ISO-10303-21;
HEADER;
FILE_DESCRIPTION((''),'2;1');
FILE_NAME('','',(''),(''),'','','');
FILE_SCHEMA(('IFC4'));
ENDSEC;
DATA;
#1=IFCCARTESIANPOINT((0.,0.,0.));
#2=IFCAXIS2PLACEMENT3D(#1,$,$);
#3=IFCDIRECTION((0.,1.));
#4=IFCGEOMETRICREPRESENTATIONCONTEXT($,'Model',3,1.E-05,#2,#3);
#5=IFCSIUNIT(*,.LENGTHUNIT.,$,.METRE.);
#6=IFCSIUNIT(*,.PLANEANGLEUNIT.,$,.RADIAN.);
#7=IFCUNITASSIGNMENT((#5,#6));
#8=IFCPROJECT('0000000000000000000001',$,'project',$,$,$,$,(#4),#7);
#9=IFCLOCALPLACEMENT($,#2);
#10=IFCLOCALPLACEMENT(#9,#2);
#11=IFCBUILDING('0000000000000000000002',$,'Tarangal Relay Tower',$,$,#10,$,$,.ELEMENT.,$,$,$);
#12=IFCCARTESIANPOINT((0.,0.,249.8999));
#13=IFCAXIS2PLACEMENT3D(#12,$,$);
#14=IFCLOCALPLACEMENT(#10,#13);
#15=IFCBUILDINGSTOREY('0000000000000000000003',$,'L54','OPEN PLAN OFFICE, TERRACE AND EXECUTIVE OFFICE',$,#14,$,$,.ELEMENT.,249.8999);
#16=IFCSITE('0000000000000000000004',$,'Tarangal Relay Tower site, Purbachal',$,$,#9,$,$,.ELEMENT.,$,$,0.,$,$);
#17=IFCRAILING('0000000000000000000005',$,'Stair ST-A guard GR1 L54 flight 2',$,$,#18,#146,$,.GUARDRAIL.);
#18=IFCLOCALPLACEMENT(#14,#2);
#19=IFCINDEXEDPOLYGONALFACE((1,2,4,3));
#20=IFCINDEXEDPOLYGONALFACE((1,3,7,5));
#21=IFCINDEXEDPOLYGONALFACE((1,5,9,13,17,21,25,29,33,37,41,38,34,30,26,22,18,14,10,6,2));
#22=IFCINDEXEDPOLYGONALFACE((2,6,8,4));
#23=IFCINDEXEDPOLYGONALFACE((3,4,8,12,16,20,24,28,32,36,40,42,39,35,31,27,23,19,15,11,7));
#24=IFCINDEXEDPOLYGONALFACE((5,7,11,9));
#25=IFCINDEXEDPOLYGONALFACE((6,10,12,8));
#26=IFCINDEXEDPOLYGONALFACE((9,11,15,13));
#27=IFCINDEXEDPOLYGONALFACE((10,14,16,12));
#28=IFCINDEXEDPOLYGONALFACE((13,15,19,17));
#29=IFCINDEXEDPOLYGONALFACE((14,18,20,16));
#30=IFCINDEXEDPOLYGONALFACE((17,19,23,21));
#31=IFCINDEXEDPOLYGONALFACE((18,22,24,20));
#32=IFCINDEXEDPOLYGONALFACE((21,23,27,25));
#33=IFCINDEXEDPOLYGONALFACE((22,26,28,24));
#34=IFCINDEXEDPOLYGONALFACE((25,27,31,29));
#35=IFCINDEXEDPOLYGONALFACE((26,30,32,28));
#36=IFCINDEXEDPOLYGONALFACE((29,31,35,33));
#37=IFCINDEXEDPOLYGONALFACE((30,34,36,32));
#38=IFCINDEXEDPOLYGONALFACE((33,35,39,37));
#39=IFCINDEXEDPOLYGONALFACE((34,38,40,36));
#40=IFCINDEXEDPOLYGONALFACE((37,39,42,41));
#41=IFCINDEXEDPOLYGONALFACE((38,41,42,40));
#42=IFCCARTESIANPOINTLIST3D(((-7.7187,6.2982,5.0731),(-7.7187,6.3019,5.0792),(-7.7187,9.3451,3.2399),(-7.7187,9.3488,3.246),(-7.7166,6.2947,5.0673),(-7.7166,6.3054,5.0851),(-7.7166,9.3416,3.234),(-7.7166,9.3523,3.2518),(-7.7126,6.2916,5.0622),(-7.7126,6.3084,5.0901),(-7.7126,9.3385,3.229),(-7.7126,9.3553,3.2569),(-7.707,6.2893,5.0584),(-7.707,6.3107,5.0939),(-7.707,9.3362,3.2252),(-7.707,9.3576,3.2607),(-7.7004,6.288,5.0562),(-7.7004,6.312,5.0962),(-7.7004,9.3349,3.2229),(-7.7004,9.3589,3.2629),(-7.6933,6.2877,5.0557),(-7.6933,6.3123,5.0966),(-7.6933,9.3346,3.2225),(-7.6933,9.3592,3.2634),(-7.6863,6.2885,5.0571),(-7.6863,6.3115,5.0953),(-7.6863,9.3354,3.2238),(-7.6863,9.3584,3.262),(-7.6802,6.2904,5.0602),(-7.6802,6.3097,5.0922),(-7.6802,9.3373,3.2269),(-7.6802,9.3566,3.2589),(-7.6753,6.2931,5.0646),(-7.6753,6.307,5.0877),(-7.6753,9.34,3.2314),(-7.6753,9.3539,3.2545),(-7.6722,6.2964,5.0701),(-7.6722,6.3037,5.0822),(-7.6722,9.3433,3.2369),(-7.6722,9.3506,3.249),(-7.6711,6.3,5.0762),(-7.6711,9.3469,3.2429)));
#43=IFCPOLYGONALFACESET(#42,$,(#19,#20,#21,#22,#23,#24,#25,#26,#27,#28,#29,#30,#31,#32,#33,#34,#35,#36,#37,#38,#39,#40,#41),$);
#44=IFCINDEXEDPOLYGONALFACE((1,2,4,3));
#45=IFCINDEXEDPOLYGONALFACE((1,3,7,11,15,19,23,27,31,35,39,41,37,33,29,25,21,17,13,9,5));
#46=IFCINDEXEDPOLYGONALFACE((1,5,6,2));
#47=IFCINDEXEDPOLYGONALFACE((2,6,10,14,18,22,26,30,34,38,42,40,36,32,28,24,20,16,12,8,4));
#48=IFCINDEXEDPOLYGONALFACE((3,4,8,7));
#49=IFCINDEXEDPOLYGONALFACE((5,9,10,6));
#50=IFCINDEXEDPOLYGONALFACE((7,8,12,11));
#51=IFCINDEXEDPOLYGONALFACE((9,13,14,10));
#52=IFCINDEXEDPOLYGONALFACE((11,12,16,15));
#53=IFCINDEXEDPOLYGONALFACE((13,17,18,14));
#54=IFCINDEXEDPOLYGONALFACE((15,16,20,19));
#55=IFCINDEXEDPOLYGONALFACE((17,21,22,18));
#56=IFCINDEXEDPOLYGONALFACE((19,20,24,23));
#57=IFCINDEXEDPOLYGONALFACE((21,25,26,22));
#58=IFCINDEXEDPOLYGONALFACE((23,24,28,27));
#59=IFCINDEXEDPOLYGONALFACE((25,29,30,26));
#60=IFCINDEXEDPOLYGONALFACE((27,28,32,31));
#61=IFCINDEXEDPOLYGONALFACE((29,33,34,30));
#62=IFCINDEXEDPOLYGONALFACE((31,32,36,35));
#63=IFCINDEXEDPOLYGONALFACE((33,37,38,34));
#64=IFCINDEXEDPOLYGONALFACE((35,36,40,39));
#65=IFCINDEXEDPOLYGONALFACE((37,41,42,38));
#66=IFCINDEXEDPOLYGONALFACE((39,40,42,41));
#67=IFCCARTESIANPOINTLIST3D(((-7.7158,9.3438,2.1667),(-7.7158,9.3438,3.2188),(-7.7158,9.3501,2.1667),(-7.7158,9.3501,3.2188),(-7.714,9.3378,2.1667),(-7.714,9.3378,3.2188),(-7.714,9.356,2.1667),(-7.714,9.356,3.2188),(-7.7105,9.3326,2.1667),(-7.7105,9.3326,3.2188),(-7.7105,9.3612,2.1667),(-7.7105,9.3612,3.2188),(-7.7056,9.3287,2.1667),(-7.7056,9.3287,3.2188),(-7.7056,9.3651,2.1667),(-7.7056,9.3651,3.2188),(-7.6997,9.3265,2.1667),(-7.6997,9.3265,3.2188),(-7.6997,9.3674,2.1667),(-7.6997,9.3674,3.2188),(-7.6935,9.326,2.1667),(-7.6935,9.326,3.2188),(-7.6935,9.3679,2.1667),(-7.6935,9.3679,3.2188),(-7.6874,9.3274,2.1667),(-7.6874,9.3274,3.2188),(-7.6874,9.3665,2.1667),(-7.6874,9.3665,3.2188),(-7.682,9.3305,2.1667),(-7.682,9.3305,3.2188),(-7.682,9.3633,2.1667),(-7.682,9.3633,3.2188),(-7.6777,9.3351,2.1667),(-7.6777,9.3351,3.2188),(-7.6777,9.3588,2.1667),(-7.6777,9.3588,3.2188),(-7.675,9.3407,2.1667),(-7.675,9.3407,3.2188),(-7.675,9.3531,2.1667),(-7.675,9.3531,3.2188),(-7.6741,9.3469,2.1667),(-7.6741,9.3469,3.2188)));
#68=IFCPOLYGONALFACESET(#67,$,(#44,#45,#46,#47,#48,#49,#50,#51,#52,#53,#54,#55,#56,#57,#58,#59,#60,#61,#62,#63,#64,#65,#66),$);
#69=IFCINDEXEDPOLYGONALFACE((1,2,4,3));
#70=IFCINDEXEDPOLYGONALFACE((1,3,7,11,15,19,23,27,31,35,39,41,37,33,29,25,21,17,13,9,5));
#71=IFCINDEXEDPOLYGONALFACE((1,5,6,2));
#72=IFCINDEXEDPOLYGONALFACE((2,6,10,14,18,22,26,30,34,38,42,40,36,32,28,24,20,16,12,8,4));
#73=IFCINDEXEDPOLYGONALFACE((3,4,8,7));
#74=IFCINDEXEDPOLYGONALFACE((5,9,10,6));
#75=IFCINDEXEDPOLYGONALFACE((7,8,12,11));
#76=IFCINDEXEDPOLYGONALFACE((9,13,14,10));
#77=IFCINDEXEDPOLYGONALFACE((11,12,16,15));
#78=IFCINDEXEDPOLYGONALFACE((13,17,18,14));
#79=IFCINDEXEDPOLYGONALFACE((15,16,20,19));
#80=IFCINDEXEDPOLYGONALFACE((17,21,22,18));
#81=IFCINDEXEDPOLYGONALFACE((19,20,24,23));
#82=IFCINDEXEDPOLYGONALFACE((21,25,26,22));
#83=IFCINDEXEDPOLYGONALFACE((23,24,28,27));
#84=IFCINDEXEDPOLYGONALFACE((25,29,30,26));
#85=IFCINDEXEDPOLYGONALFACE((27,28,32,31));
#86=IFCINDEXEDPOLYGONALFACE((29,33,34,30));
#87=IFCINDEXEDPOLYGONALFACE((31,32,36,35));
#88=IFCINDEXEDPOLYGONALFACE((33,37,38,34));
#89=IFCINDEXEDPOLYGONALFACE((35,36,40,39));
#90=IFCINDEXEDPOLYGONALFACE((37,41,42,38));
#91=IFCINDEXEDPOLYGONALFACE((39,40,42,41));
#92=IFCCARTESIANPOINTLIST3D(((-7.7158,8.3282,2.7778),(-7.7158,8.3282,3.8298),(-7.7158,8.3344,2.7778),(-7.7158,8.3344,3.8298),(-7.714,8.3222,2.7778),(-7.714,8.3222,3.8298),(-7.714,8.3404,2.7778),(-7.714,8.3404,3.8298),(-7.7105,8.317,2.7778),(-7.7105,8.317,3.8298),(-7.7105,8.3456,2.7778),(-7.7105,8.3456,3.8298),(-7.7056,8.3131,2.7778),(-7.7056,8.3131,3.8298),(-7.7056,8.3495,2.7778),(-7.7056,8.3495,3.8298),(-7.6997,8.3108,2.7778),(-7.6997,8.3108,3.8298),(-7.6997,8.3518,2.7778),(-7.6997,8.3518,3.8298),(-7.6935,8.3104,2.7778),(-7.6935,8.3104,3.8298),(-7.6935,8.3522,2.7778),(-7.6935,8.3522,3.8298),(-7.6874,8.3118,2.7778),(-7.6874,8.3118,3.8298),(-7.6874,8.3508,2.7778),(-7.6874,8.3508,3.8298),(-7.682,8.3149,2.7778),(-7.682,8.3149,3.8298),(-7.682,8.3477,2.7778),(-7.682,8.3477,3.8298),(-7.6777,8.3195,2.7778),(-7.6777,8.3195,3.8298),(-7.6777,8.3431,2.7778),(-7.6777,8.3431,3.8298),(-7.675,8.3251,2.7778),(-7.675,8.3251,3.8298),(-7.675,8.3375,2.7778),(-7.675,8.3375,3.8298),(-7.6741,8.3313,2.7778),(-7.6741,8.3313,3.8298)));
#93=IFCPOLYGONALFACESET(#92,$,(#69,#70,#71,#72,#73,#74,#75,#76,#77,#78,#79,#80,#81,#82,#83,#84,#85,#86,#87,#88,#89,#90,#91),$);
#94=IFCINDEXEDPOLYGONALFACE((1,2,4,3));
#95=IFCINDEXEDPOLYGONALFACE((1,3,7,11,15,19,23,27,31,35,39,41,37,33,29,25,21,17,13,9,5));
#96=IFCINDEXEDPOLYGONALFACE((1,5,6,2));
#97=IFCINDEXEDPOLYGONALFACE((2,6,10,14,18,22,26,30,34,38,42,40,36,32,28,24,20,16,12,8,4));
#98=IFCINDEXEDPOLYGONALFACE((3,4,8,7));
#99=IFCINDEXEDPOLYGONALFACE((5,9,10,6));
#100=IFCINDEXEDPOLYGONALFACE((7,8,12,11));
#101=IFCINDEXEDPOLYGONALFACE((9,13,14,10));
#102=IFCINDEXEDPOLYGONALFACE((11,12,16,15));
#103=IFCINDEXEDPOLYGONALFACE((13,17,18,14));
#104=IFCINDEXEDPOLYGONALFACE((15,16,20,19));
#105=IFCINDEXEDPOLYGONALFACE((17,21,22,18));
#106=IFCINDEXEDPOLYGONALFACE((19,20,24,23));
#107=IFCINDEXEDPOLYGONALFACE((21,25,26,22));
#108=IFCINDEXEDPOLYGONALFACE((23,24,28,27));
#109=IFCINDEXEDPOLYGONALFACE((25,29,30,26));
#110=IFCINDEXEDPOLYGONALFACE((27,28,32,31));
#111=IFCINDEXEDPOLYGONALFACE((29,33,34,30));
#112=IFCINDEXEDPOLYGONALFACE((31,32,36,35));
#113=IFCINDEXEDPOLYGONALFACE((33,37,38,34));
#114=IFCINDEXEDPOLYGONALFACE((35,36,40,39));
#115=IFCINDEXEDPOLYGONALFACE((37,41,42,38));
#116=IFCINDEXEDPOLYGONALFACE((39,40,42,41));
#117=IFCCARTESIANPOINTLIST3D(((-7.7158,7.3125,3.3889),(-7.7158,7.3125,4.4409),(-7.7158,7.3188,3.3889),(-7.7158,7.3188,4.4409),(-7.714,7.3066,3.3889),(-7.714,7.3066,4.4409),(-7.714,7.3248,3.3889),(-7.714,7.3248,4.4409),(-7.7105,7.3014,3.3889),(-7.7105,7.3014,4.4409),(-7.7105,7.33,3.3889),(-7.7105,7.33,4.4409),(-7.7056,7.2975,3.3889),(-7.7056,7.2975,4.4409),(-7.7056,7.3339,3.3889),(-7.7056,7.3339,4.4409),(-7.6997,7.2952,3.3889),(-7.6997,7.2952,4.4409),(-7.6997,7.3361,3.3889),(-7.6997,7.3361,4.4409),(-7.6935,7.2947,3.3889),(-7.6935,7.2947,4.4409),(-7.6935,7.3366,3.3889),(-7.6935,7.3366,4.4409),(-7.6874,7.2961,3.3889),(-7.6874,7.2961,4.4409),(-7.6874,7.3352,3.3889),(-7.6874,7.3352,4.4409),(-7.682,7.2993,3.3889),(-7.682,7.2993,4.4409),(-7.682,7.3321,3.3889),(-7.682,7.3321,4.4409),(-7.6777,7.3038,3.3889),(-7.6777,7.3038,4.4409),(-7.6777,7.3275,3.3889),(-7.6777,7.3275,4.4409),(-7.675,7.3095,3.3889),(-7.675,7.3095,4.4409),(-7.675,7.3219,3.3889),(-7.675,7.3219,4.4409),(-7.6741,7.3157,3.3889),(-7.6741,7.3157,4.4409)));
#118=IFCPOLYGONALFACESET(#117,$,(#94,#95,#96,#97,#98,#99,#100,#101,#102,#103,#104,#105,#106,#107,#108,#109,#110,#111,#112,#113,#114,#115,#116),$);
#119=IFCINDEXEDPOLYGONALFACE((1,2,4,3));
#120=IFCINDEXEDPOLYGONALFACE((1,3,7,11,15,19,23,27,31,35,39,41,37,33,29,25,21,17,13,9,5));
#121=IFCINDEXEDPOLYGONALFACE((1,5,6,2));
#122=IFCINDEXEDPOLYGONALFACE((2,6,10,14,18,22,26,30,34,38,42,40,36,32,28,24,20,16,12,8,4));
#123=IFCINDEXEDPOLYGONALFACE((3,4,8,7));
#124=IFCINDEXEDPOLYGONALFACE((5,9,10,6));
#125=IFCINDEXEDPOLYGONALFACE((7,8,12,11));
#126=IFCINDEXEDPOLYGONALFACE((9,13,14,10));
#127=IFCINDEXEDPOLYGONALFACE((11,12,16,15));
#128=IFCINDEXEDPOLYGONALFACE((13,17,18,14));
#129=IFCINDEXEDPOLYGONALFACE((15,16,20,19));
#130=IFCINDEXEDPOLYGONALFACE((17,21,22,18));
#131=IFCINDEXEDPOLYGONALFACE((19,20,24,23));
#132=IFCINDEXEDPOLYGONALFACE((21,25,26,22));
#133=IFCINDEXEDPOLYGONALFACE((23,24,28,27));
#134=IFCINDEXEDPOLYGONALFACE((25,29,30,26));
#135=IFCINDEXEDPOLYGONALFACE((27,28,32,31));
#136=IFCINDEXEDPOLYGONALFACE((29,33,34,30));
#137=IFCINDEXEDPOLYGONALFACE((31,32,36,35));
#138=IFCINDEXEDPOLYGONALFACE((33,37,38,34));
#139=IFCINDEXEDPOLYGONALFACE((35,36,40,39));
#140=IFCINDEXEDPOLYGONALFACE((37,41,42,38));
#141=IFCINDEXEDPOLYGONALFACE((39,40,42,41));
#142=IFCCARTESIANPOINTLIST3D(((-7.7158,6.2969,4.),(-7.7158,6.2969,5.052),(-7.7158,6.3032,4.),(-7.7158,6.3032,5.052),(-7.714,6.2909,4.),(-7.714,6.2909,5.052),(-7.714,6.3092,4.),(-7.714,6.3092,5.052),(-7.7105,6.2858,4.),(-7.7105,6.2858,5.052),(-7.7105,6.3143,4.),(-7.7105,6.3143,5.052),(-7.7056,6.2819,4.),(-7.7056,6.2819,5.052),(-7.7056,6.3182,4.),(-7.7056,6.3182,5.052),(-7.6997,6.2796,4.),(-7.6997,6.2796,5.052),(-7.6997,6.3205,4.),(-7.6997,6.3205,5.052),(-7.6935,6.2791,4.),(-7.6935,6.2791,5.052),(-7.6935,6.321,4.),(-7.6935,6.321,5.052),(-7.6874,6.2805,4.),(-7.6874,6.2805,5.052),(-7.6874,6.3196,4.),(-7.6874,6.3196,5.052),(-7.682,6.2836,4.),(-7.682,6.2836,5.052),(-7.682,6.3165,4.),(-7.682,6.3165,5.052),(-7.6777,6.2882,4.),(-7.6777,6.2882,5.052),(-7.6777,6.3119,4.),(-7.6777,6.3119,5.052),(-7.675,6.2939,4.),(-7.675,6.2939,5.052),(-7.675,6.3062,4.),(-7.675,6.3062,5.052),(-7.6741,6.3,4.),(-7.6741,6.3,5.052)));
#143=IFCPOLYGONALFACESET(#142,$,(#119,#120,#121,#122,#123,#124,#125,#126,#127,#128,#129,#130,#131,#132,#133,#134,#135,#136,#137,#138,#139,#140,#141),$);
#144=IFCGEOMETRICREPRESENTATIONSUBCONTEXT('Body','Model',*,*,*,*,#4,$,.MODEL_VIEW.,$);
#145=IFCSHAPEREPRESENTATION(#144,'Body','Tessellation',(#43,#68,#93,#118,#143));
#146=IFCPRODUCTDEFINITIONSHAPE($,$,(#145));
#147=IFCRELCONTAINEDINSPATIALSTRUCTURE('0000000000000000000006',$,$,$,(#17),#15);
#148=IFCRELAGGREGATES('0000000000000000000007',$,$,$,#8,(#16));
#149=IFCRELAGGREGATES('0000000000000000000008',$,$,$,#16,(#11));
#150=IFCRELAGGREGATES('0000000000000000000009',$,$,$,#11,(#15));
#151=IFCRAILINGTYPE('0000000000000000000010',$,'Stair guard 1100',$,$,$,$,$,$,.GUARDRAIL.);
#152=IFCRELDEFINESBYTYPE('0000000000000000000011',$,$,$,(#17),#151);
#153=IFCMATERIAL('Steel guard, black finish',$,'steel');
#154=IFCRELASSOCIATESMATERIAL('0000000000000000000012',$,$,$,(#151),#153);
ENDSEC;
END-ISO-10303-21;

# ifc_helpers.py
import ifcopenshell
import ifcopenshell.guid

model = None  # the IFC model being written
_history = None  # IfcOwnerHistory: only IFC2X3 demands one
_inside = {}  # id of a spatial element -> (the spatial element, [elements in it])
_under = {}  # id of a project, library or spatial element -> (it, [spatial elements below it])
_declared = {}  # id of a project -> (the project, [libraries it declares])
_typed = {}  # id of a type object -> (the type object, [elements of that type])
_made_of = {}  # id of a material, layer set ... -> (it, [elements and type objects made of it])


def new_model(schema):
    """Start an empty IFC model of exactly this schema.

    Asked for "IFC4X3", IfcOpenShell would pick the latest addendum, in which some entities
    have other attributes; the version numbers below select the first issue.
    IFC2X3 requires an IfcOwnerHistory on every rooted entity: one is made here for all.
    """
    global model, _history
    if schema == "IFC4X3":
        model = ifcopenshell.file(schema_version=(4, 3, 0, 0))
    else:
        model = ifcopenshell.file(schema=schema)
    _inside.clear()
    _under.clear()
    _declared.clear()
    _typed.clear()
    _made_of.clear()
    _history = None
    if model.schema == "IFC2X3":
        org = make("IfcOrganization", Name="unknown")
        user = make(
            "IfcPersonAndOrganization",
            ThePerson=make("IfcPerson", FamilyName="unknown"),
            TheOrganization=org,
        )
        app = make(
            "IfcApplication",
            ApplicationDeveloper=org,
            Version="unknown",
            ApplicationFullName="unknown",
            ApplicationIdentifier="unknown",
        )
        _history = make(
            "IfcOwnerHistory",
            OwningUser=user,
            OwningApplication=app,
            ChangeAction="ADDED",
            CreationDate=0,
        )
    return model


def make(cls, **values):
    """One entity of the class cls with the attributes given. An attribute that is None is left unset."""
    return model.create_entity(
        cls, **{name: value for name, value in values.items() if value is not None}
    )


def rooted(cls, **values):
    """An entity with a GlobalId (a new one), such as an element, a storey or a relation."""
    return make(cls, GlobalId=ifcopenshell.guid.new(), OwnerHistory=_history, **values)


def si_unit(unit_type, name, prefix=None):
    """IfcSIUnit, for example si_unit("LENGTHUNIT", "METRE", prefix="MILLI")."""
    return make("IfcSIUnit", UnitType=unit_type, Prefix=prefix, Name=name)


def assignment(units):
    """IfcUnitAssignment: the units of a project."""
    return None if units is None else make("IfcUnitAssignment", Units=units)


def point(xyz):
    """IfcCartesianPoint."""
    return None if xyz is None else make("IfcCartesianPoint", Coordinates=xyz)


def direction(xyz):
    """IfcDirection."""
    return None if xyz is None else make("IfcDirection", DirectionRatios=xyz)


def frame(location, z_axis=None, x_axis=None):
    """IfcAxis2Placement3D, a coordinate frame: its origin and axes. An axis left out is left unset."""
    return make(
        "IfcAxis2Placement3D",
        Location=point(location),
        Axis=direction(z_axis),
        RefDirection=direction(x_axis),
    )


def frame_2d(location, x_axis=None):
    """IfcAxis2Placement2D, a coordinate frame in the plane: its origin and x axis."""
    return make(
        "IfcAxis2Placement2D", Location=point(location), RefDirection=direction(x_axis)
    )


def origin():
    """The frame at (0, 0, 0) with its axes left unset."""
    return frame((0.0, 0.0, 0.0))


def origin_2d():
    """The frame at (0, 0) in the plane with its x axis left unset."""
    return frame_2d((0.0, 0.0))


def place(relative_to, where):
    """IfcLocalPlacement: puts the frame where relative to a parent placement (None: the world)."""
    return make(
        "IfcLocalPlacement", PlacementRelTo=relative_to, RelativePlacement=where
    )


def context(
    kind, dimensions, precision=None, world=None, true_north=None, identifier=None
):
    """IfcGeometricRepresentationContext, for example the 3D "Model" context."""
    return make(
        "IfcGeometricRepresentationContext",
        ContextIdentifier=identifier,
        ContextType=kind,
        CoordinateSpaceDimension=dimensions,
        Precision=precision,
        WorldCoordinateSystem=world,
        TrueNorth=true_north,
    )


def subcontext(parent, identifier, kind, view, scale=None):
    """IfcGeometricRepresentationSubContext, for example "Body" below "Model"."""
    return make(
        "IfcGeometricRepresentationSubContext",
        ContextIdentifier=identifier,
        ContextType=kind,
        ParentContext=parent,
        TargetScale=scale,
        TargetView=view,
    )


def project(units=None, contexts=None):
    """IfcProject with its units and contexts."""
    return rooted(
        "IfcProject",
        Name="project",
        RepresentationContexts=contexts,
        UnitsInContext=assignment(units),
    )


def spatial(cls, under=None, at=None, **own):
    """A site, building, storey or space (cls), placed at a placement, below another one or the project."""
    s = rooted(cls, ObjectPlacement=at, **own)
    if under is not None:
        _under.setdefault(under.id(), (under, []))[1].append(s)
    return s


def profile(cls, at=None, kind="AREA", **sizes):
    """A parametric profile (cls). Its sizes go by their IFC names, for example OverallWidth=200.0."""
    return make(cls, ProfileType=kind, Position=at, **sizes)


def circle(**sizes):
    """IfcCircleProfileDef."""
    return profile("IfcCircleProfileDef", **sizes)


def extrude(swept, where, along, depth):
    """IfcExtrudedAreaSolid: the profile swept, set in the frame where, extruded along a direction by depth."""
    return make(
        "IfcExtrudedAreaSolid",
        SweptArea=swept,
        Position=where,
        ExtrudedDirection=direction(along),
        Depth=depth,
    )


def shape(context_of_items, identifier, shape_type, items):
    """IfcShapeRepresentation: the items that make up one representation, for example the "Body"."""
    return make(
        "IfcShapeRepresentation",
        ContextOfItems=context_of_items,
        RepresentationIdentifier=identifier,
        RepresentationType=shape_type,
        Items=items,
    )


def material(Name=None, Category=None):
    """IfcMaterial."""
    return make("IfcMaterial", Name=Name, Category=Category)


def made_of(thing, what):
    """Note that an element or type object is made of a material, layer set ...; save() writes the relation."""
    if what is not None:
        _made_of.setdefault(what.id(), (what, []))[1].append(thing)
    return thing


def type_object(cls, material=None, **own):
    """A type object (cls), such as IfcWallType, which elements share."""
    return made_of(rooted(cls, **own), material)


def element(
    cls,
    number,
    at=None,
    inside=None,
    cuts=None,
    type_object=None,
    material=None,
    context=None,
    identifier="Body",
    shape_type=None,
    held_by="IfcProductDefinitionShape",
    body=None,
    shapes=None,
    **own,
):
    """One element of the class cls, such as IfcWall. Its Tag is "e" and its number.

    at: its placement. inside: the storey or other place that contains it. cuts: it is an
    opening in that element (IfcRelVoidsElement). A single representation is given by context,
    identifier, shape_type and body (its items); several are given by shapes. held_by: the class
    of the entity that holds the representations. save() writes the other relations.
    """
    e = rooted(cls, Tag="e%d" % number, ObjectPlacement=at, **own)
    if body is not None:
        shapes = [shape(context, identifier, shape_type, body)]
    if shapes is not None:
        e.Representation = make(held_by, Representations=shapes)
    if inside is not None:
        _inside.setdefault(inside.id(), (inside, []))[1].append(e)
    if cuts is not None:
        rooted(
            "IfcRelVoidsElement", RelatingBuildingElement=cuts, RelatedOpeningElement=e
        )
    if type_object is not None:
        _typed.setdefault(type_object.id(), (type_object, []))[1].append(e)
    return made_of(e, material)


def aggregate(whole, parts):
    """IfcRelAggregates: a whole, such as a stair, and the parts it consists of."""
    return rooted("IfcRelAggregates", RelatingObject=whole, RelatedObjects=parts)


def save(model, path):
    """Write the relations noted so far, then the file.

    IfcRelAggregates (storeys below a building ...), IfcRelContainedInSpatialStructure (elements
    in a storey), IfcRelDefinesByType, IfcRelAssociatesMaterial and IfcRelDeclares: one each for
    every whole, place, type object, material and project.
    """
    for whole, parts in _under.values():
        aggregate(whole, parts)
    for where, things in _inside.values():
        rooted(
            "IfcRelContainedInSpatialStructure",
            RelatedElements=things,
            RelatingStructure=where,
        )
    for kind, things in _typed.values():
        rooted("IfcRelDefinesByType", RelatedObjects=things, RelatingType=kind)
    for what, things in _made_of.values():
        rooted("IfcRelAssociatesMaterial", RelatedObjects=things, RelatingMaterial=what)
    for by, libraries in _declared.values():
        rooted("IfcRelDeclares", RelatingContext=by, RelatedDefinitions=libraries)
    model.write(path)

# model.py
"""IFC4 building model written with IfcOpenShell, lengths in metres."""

from ifc_helpers import new_model, si_unit, direction, frame, origin, origin_2d, place, context, subcontext, project, spatial, circle, extrude, material, type_object, element, save


model = new_model("IFC4")

# Units and contexts
model_context = context("Model", 3, precision=1e-05, world=origin(), true_north=direction((0.0, 1.0)))
body_context = subcontext(model_context, "Body", "Model", "MODEL_VIEW")
ifc_project = project(units=[si_unit("LENGTHUNIT", "METRE"), si_unit("PLANEANGLEUNIT", "RADIAN")], contexts=[model_context])

# Site, building, storey
site_placement = place(None, origin())
site = spatial("IfcSite", under=ifc_project, at=site_placement, Name="Tarangal Relay Tower site, Purbachal", CompositionType="ELEMENT", RefElevation=0.0)
building_placement = place(site_placement, origin())
building = spatial("IfcBuilding", under=site, at=building_placement, Name="Tarangal Relay Tower", CompositionType="ELEMENT")
storey_placement = place(building_placement, frame((0.0, 0.0, 249.8999)))
storey = spatial("IfcBuildingStorey", under=building, at=storey_placement, Name="L54", Description="OPEN PLAN OFFICE, TERRACE AND EXECUTIVE OFFICE", CompositionType="ELEMENT", Elevation=249.8999)

# Railing
ifc_material_1 = material(Name="Steel guard, black finish", Category="steel")
railing_type_1 = type_object("IfcRailingType", Name="Stair guard 1100", PredefinedType="GUARDRAIL", material=ifc_material_1)
railing_1_placement = place(storey_placement, frame((-7.6951, 9.3469, 2.1667)))
element("IfcRailing", 1, at=railing_1_placement, inside=storey, type_object=railing_type_1, Name="Stair ST-A guard GR1 L54 flight 2", PredefinedType="GUARDRAIL", context=body_context, shape_type="SweptSolid", body=[
    extrude(circle(Radius=0.0239, at=origin_2d()), frame((0.0, 0.0, 1.0762), z_axis=(0.0, -0.856856, 0.515556), x_axis=(1.0, 0.0, 0.0)), (0.0, 0.0, 1.0), 3.5559),
    extrude(circle(Radius=0.021, at=origin_2d()), origin(), (0.0, 0.0, 1.0), 1.052),
    extrude(circle(Radius=0.021, at=origin_2d()), frame((0.0, -1.0156, 0.6111)), (0.0, 0.0, 1.0), 1.052),
    extrude(circle(Radius=0.021, at=origin_2d()), frame((0.0, -2.0312, 1.2222)), (0.0, 0.0, 1.0), 1.052),
    extrude(circle(Radius=0.021, at=origin_2d()), frame((0.0, -3.0469, 1.8333)), (0.0, 0.0, 1.0), 1.052),
])

save(model, "model.ifc")
